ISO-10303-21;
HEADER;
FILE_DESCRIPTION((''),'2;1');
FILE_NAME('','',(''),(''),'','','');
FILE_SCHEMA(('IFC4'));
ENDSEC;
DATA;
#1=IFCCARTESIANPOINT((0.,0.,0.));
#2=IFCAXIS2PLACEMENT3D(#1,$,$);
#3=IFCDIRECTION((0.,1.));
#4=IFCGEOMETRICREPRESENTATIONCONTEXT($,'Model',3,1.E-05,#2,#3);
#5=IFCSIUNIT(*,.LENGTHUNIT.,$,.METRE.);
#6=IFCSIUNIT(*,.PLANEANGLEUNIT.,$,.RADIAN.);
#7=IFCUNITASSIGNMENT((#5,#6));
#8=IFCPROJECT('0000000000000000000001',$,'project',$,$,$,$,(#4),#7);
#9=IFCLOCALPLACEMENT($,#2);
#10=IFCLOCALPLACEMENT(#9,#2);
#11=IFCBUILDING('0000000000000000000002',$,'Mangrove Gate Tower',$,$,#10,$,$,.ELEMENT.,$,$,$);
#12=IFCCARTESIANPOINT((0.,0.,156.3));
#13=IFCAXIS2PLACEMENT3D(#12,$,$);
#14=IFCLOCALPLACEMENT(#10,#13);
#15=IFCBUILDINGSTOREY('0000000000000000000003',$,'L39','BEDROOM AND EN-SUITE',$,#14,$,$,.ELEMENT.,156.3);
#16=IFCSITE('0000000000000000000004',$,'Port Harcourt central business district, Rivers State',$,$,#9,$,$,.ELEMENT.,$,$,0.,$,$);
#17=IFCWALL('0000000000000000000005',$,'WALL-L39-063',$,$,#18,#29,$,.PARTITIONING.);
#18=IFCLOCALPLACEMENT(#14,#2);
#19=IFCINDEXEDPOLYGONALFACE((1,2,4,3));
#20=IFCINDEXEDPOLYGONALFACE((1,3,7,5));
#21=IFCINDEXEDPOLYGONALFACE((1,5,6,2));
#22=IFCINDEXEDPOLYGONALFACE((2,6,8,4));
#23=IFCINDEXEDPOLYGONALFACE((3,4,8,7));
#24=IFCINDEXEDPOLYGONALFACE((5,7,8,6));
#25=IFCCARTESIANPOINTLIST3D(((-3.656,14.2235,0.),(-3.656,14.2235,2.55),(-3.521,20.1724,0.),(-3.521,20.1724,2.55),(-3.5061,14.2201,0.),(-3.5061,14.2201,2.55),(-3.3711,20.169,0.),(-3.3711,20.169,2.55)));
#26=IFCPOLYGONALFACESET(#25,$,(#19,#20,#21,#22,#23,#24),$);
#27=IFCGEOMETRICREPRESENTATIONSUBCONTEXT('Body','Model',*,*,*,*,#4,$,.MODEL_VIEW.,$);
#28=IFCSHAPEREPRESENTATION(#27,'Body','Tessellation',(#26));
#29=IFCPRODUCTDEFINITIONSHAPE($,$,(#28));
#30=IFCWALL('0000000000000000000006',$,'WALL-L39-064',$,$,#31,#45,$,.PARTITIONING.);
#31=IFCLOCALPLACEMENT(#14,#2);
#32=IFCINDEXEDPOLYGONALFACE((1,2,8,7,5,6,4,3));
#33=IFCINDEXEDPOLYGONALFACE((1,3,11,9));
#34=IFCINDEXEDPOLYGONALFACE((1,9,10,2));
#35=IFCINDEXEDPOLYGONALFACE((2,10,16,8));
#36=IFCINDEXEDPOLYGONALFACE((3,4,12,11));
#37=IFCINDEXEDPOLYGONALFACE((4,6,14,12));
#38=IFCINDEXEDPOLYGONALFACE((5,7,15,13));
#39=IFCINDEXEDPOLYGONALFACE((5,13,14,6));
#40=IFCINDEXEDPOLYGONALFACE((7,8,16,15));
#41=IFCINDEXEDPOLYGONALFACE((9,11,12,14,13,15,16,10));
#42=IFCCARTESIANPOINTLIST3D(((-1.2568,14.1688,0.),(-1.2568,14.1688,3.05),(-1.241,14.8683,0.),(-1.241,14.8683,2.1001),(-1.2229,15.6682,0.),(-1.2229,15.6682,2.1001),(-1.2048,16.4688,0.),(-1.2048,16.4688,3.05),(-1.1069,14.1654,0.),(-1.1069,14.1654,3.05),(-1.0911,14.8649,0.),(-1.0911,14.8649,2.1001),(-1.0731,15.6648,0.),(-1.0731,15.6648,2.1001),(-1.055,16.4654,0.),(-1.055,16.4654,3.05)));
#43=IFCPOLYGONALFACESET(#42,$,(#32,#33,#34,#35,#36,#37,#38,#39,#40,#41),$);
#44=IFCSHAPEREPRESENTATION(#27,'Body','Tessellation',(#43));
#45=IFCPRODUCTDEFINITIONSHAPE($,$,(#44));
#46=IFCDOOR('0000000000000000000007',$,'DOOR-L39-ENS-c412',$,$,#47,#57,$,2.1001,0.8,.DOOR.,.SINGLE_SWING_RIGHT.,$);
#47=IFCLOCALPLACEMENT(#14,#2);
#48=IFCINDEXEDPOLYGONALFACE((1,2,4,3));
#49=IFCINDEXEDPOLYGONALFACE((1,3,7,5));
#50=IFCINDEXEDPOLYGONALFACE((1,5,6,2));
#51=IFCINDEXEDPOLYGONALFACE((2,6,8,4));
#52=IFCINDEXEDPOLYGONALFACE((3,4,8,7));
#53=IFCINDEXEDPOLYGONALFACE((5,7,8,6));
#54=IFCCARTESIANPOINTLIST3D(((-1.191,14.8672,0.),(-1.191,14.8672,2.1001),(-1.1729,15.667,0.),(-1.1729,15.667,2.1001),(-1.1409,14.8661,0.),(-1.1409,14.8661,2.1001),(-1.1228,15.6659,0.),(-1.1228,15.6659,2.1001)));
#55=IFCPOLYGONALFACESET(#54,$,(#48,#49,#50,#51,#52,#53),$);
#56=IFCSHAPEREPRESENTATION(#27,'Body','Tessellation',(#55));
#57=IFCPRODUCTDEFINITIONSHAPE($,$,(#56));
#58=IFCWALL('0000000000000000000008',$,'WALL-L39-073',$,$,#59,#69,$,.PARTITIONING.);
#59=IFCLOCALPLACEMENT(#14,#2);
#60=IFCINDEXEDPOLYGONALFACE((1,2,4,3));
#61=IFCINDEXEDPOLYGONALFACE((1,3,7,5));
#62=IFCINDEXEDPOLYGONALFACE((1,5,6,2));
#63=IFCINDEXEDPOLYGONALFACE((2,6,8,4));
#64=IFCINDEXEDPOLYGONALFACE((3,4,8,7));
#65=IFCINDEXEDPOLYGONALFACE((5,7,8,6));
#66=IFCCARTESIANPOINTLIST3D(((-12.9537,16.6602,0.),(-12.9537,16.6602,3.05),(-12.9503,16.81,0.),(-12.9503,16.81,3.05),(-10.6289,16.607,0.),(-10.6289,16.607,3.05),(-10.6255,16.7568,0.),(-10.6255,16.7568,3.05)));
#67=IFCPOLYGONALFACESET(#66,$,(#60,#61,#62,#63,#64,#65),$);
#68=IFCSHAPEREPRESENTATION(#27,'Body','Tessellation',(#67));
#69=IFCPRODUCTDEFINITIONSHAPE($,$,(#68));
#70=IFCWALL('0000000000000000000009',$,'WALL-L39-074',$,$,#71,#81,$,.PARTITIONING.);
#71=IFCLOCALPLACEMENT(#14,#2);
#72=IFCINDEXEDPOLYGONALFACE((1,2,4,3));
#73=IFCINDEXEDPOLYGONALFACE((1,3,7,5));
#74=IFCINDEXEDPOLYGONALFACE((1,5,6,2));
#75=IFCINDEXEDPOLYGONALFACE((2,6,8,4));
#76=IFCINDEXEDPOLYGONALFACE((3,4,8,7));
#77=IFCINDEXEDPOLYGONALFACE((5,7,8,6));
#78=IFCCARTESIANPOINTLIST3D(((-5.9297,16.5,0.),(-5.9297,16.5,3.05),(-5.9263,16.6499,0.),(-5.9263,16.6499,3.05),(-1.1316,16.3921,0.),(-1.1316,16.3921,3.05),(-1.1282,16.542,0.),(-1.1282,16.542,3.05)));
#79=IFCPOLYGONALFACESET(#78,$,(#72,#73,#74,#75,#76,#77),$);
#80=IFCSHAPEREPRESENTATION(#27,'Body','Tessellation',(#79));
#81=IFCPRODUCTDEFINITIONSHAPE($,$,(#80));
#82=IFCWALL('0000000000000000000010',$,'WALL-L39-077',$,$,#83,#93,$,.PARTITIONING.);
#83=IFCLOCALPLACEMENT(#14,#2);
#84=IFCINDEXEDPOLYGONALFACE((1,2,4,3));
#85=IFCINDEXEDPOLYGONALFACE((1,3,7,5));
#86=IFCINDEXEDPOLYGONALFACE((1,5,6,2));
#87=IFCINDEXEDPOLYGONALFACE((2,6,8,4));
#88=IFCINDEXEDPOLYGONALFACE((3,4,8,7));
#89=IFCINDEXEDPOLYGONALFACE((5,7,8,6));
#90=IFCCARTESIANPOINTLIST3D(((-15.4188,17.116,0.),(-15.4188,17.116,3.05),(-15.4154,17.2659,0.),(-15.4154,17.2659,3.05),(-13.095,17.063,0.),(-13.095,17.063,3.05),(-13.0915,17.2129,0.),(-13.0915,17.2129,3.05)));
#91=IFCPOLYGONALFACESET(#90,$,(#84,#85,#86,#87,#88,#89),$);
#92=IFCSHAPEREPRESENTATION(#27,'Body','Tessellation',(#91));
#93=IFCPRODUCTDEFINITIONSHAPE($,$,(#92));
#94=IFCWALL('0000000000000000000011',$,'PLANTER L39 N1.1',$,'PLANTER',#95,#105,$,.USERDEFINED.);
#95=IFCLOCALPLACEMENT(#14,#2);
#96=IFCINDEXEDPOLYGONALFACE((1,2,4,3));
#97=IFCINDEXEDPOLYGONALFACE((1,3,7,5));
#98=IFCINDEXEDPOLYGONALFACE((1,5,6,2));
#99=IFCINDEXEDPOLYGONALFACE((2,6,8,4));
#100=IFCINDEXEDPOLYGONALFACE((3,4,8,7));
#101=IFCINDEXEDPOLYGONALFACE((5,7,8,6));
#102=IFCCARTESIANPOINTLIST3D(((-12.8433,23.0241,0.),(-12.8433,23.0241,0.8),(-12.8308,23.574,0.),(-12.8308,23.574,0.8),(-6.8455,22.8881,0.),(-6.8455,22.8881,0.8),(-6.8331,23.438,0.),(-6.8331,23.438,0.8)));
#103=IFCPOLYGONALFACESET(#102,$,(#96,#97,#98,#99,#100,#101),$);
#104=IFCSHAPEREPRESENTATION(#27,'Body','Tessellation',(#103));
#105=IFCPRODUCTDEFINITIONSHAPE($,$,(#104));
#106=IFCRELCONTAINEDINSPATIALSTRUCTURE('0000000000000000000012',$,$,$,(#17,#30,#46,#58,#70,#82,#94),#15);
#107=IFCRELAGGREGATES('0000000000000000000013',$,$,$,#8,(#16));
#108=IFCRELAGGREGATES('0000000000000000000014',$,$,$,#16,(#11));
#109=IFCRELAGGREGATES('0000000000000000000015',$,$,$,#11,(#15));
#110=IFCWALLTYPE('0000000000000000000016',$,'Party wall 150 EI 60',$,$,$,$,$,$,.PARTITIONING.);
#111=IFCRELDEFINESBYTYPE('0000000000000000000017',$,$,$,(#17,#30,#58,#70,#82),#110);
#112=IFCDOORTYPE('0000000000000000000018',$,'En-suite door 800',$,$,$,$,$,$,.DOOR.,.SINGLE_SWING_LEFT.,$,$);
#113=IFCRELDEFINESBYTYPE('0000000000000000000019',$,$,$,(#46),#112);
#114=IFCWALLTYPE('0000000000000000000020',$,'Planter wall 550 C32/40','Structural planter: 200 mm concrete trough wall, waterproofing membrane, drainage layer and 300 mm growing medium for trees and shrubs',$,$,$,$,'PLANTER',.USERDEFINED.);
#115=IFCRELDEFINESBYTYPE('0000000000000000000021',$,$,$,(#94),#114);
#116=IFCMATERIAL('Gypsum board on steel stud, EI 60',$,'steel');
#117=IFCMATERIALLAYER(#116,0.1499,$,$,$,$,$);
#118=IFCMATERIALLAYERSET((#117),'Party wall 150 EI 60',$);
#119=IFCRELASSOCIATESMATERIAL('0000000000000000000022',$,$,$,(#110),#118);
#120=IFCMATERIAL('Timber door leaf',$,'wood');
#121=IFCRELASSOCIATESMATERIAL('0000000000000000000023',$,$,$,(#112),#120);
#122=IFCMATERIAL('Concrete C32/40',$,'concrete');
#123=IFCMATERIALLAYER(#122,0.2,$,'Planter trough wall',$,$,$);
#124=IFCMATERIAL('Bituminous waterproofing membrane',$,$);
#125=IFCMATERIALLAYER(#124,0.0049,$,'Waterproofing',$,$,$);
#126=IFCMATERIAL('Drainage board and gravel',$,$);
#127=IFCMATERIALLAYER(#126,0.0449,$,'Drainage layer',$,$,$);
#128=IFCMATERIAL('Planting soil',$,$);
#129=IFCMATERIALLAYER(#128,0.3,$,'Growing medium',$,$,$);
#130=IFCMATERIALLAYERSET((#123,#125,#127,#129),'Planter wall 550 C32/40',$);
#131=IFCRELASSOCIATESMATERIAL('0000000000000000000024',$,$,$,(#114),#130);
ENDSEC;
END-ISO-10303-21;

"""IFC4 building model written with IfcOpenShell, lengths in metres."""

from ifc_helpers import new_model, si_unit, direction, frame, frame_2d, origin, place, context, subcontext, project, spatial, rectangle, extrude, material, layer, layer_set, type_object, element, fill, save


model = new_model("IFC4")

# Units and contexts
model_context = context("Model", 3, precision=1e-05, world=origin(), true_north=direction((0.0, 1.0)))
body_context = subcontext(model_context, "Body", "Model", "MODEL_VIEW")
ifc_project = project(units=[si_unit("LENGTHUNIT", "METRE"), si_unit("PLANEANGLEUNIT", "RADIAN")], contexts=[model_context])

# Site, building, storey
site_placement = place(None, origin())
site = spatial("IfcSite", under=ifc_project, at=site_placement, Name="Port Harcourt central business district, Rivers State", CompositionType="ELEMENT", RefElevation=0.0)
building_placement = place(site_placement, origin())
building = spatial("IfcBuilding", under=site, at=building_placement, Name="Mangrove Gate Tower", CompositionType="ELEMENT")
storey_placement = place(building_placement, frame((0.0, 0.0, 156.3)))
storey = spatial("IfcBuildingStorey", under=building, at=storey_placement, Name="L39", Description="BEDROOM AND EN-SUITE", CompositionType="ELEMENT", Elevation=156.3)

# Shared definitions
ifc_material_1 = material(Name="Gypsum board on steel stud, EI 60", Category="steel")
ifc_layer_1 = layer(ifc_material_1, 0.1499)
ifc_layer_set_1 = layer_set([ifc_layer_1], Name="Party wall 150 EI 60")
wall_type_1 = type_object("IfcWallType", Name="Party wall 150 EI 60", PredefinedType="PARTITIONING", material=ifc_layer_set_1)

# Shared definitions
ifc_material_2 = material(Name="Timber door leaf", Category="wood")
door_type = type_object("IfcDoorType", Name="En-suite door 800", OperationType="SINGLE_SWING_LEFT", PredefinedType="DOOR", material=ifc_material_2)

# Wall
wall_1_placement = place(storey_placement, frame((-3.5811, 14.2219, 0.0), z_axis=(0.0, 0.0, 1.0), x_axis=(0.022689, 0.999743, 0.0)))
element("IfcWall", 1, at=wall_1_placement, inside=storey, type_object=wall_type_1, Name="WALL-L39-063", PredefinedType="PARTITIONING", context=body_context, shape_type="SweptSolid", body=[
    extrude(rectangle(XDim=5.9504, YDim=0.1499, at=frame_2d((2.9751, 0.0))), origin(), (0.0, 0.0, 1.0), 2.55),
])

# Wall, opening, door
wall_2_placement = place(storey_placement, frame((-1.1819, 14.167, 0.0), z_axis=(0.0, 0.0, 1.0), x_axis=(0.022603, 0.999745, 0.0)))
wall_2 = element("IfcWall", 2, at=wall_2_placement, inside=storey, type_object=wall_type_1, Name="WALL-L39-064", PredefinedType="PARTITIONING", context=body_context, shape_type="SweptSolid", body=[
    extrude(rectangle(XDim=2.3005, YDim=0.1499, at=frame_2d((1.1504, 0.0))), origin(), (0.0, 0.0, 1.0), 3.05),
])
opening_1_placement = place(wall_2_placement, frame((0.7, 0.0, 0.0)))
opening_1 = element("IfcOpeningElement", 3, at=opening_1_placement, cuts=wall_2, PredefinedType="OPENING", context=body_context, shape_type="SweptSolid", body=[
    extrude(rectangle(XDim=0.8, YDim=2.1001, at=frame_2d((0.3999, 1.05))), frame((0.0, 0.085, 0.0), z_axis=(0.0, -1.0, 0.0), x_axis=(1.0, 0.0, 0.0)), (0.0, 0.0, 1.0), 0.1699),
])
door_1_placement = place(opening_1_placement, origin())
door_1 = element("IfcDoor", 4, at=door_1_placement, inside=storey, type_object=door_type, Name="DOOR-L39-ENS-c412", OperationType="SINGLE_SWING_RIGHT", OverallHeight=2.1001, OverallWidth=0.8, PredefinedType="DOOR", context=body_context, shape_type="SweptSolid", body=[
    extrude(rectangle(XDim=0.8, YDim=2.1001, at=frame_2d((0.3999, 1.05))), frame((0.0, 0.0249, 0.0), z_axis=(0.0, -1.0, 0.0), x_axis=(1.0, 0.0, 0.0)), (0.0, 0.0, 1.0), 0.05),
])
fill(opening_1, door_1)

# Walls
wall_3_placement = place(storey_placement, frame((-12.9519, 16.7351, 0.0), z_axis=(0.0, 0.0, 1.0), x_axis=(0.999738, -0.022886, 0.0)))
element("IfcWall", 5, at=wall_3_placement, inside=storey, type_object=wall_type_1, Name="WALL-L39-073", PredefinedType="PARTITIONING", context=body_context, shape_type="SweptSolid", body=[
    extrude(rectangle(XDim=2.3254, YDim=0.1499, at=frame_2d((1.1626, 0.0))), origin(), (0.0, 0.0, 1.0), 3.05),
])
wall_4_placement = place(storey_placement, frame((-5.928, 16.575, 0.0), z_axis=(0.0, 0.0, 1.0), x_axis=(0.999747, -0.022485, 0.0)))
element("IfcWall", 6, at=wall_4_placement, inside=storey, type_object=wall_type_1, Name="WALL-L39-074", PredefinedType="PARTITIONING", context=body_context, shape_type="SweptSolid", body=[
    extrude(rectangle(XDim=4.7993, YDim=0.1499, at=frame_2d((2.3997, 0.0))), origin(), (0.0, 0.0, 1.0), 3.05),
])
wall_5_placement = place(storey_placement, frame((-15.417, 17.1909, 0.0), z_axis=(0.0, 0.0, 1.0), x_axis=(0.99974, -0.022791, 0.0)))
element("IfcWall", 7, at=wall_5_placement, inside=storey, type_object=wall_type_1, Name="WALL-L39-077", PredefinedType="PARTITIONING", context=body_context, shape_type="SweptSolid", body=[
    extrude(rectangle(XDim=2.3245, YDim=0.1499, at=frame_2d((1.1621, 0.0))), origin(), (0.0, 0.0, 1.0), 3.05),
])
ifc_material_3 = material(Name="Concrete C32/40", Category="concrete")
ifc_layer_2 = layer(ifc_material_3, 0.2, Name="Planter trough wall")
ifc_material_4 = material(Name="Bituminous waterproofing membrane")
ifc_layer_3 = layer(ifc_material_4, 0.0049, Name="Waterproofing")
ifc_material_5 = material(Name="Drainage board and gravel")
ifc_layer_4 = layer(ifc_material_5, 0.0449, Name="Drainage layer")
ifc_material_6 = material(Name="Planting soil")
ifc_layer_5 = layer(ifc_material_6, 0.3, Name="Growing medium")
ifc_layer_set_2 = layer_set([ifc_layer_2, ifc_layer_3, ifc_layer_4, ifc_layer_5], Name="Planter wall 550 C32/40")
wall_type_2 = type_object("IfcWallType", Name="Planter wall 550 C32/40", Description="Structural planter: 200 mm concrete trough wall, waterproofing membrane, drainage layer and 300 mm growing medium for trees and shrubs", ElementType="PLANTER", PredefinedType="USERDEFINED", material=ifc_layer_set_2)
wall_6_placement = place(storey_placement, frame((-12.8369, 23.2991, 0.0), z_axis=(0.0, 0.0, 1.0), x_axis=(0.999743, -0.022667, 0.0)))
element("IfcWall", 8, at=wall_6_placement, inside=storey, type_object=wall_type_2, Name="PLANTER L39 N1.1", ObjectType="PLANTER", PredefinedType="USERDEFINED", context=body_context, shape_type="SweptSolid", body=[
    extrude(rectangle(XDim=5.9993, YDim=0.55, at=frame_2d((2.9995, 0.0))), origin(), (0.0, 0.0, 1.0), 0.8),
])

save(model, "model.ifc")
